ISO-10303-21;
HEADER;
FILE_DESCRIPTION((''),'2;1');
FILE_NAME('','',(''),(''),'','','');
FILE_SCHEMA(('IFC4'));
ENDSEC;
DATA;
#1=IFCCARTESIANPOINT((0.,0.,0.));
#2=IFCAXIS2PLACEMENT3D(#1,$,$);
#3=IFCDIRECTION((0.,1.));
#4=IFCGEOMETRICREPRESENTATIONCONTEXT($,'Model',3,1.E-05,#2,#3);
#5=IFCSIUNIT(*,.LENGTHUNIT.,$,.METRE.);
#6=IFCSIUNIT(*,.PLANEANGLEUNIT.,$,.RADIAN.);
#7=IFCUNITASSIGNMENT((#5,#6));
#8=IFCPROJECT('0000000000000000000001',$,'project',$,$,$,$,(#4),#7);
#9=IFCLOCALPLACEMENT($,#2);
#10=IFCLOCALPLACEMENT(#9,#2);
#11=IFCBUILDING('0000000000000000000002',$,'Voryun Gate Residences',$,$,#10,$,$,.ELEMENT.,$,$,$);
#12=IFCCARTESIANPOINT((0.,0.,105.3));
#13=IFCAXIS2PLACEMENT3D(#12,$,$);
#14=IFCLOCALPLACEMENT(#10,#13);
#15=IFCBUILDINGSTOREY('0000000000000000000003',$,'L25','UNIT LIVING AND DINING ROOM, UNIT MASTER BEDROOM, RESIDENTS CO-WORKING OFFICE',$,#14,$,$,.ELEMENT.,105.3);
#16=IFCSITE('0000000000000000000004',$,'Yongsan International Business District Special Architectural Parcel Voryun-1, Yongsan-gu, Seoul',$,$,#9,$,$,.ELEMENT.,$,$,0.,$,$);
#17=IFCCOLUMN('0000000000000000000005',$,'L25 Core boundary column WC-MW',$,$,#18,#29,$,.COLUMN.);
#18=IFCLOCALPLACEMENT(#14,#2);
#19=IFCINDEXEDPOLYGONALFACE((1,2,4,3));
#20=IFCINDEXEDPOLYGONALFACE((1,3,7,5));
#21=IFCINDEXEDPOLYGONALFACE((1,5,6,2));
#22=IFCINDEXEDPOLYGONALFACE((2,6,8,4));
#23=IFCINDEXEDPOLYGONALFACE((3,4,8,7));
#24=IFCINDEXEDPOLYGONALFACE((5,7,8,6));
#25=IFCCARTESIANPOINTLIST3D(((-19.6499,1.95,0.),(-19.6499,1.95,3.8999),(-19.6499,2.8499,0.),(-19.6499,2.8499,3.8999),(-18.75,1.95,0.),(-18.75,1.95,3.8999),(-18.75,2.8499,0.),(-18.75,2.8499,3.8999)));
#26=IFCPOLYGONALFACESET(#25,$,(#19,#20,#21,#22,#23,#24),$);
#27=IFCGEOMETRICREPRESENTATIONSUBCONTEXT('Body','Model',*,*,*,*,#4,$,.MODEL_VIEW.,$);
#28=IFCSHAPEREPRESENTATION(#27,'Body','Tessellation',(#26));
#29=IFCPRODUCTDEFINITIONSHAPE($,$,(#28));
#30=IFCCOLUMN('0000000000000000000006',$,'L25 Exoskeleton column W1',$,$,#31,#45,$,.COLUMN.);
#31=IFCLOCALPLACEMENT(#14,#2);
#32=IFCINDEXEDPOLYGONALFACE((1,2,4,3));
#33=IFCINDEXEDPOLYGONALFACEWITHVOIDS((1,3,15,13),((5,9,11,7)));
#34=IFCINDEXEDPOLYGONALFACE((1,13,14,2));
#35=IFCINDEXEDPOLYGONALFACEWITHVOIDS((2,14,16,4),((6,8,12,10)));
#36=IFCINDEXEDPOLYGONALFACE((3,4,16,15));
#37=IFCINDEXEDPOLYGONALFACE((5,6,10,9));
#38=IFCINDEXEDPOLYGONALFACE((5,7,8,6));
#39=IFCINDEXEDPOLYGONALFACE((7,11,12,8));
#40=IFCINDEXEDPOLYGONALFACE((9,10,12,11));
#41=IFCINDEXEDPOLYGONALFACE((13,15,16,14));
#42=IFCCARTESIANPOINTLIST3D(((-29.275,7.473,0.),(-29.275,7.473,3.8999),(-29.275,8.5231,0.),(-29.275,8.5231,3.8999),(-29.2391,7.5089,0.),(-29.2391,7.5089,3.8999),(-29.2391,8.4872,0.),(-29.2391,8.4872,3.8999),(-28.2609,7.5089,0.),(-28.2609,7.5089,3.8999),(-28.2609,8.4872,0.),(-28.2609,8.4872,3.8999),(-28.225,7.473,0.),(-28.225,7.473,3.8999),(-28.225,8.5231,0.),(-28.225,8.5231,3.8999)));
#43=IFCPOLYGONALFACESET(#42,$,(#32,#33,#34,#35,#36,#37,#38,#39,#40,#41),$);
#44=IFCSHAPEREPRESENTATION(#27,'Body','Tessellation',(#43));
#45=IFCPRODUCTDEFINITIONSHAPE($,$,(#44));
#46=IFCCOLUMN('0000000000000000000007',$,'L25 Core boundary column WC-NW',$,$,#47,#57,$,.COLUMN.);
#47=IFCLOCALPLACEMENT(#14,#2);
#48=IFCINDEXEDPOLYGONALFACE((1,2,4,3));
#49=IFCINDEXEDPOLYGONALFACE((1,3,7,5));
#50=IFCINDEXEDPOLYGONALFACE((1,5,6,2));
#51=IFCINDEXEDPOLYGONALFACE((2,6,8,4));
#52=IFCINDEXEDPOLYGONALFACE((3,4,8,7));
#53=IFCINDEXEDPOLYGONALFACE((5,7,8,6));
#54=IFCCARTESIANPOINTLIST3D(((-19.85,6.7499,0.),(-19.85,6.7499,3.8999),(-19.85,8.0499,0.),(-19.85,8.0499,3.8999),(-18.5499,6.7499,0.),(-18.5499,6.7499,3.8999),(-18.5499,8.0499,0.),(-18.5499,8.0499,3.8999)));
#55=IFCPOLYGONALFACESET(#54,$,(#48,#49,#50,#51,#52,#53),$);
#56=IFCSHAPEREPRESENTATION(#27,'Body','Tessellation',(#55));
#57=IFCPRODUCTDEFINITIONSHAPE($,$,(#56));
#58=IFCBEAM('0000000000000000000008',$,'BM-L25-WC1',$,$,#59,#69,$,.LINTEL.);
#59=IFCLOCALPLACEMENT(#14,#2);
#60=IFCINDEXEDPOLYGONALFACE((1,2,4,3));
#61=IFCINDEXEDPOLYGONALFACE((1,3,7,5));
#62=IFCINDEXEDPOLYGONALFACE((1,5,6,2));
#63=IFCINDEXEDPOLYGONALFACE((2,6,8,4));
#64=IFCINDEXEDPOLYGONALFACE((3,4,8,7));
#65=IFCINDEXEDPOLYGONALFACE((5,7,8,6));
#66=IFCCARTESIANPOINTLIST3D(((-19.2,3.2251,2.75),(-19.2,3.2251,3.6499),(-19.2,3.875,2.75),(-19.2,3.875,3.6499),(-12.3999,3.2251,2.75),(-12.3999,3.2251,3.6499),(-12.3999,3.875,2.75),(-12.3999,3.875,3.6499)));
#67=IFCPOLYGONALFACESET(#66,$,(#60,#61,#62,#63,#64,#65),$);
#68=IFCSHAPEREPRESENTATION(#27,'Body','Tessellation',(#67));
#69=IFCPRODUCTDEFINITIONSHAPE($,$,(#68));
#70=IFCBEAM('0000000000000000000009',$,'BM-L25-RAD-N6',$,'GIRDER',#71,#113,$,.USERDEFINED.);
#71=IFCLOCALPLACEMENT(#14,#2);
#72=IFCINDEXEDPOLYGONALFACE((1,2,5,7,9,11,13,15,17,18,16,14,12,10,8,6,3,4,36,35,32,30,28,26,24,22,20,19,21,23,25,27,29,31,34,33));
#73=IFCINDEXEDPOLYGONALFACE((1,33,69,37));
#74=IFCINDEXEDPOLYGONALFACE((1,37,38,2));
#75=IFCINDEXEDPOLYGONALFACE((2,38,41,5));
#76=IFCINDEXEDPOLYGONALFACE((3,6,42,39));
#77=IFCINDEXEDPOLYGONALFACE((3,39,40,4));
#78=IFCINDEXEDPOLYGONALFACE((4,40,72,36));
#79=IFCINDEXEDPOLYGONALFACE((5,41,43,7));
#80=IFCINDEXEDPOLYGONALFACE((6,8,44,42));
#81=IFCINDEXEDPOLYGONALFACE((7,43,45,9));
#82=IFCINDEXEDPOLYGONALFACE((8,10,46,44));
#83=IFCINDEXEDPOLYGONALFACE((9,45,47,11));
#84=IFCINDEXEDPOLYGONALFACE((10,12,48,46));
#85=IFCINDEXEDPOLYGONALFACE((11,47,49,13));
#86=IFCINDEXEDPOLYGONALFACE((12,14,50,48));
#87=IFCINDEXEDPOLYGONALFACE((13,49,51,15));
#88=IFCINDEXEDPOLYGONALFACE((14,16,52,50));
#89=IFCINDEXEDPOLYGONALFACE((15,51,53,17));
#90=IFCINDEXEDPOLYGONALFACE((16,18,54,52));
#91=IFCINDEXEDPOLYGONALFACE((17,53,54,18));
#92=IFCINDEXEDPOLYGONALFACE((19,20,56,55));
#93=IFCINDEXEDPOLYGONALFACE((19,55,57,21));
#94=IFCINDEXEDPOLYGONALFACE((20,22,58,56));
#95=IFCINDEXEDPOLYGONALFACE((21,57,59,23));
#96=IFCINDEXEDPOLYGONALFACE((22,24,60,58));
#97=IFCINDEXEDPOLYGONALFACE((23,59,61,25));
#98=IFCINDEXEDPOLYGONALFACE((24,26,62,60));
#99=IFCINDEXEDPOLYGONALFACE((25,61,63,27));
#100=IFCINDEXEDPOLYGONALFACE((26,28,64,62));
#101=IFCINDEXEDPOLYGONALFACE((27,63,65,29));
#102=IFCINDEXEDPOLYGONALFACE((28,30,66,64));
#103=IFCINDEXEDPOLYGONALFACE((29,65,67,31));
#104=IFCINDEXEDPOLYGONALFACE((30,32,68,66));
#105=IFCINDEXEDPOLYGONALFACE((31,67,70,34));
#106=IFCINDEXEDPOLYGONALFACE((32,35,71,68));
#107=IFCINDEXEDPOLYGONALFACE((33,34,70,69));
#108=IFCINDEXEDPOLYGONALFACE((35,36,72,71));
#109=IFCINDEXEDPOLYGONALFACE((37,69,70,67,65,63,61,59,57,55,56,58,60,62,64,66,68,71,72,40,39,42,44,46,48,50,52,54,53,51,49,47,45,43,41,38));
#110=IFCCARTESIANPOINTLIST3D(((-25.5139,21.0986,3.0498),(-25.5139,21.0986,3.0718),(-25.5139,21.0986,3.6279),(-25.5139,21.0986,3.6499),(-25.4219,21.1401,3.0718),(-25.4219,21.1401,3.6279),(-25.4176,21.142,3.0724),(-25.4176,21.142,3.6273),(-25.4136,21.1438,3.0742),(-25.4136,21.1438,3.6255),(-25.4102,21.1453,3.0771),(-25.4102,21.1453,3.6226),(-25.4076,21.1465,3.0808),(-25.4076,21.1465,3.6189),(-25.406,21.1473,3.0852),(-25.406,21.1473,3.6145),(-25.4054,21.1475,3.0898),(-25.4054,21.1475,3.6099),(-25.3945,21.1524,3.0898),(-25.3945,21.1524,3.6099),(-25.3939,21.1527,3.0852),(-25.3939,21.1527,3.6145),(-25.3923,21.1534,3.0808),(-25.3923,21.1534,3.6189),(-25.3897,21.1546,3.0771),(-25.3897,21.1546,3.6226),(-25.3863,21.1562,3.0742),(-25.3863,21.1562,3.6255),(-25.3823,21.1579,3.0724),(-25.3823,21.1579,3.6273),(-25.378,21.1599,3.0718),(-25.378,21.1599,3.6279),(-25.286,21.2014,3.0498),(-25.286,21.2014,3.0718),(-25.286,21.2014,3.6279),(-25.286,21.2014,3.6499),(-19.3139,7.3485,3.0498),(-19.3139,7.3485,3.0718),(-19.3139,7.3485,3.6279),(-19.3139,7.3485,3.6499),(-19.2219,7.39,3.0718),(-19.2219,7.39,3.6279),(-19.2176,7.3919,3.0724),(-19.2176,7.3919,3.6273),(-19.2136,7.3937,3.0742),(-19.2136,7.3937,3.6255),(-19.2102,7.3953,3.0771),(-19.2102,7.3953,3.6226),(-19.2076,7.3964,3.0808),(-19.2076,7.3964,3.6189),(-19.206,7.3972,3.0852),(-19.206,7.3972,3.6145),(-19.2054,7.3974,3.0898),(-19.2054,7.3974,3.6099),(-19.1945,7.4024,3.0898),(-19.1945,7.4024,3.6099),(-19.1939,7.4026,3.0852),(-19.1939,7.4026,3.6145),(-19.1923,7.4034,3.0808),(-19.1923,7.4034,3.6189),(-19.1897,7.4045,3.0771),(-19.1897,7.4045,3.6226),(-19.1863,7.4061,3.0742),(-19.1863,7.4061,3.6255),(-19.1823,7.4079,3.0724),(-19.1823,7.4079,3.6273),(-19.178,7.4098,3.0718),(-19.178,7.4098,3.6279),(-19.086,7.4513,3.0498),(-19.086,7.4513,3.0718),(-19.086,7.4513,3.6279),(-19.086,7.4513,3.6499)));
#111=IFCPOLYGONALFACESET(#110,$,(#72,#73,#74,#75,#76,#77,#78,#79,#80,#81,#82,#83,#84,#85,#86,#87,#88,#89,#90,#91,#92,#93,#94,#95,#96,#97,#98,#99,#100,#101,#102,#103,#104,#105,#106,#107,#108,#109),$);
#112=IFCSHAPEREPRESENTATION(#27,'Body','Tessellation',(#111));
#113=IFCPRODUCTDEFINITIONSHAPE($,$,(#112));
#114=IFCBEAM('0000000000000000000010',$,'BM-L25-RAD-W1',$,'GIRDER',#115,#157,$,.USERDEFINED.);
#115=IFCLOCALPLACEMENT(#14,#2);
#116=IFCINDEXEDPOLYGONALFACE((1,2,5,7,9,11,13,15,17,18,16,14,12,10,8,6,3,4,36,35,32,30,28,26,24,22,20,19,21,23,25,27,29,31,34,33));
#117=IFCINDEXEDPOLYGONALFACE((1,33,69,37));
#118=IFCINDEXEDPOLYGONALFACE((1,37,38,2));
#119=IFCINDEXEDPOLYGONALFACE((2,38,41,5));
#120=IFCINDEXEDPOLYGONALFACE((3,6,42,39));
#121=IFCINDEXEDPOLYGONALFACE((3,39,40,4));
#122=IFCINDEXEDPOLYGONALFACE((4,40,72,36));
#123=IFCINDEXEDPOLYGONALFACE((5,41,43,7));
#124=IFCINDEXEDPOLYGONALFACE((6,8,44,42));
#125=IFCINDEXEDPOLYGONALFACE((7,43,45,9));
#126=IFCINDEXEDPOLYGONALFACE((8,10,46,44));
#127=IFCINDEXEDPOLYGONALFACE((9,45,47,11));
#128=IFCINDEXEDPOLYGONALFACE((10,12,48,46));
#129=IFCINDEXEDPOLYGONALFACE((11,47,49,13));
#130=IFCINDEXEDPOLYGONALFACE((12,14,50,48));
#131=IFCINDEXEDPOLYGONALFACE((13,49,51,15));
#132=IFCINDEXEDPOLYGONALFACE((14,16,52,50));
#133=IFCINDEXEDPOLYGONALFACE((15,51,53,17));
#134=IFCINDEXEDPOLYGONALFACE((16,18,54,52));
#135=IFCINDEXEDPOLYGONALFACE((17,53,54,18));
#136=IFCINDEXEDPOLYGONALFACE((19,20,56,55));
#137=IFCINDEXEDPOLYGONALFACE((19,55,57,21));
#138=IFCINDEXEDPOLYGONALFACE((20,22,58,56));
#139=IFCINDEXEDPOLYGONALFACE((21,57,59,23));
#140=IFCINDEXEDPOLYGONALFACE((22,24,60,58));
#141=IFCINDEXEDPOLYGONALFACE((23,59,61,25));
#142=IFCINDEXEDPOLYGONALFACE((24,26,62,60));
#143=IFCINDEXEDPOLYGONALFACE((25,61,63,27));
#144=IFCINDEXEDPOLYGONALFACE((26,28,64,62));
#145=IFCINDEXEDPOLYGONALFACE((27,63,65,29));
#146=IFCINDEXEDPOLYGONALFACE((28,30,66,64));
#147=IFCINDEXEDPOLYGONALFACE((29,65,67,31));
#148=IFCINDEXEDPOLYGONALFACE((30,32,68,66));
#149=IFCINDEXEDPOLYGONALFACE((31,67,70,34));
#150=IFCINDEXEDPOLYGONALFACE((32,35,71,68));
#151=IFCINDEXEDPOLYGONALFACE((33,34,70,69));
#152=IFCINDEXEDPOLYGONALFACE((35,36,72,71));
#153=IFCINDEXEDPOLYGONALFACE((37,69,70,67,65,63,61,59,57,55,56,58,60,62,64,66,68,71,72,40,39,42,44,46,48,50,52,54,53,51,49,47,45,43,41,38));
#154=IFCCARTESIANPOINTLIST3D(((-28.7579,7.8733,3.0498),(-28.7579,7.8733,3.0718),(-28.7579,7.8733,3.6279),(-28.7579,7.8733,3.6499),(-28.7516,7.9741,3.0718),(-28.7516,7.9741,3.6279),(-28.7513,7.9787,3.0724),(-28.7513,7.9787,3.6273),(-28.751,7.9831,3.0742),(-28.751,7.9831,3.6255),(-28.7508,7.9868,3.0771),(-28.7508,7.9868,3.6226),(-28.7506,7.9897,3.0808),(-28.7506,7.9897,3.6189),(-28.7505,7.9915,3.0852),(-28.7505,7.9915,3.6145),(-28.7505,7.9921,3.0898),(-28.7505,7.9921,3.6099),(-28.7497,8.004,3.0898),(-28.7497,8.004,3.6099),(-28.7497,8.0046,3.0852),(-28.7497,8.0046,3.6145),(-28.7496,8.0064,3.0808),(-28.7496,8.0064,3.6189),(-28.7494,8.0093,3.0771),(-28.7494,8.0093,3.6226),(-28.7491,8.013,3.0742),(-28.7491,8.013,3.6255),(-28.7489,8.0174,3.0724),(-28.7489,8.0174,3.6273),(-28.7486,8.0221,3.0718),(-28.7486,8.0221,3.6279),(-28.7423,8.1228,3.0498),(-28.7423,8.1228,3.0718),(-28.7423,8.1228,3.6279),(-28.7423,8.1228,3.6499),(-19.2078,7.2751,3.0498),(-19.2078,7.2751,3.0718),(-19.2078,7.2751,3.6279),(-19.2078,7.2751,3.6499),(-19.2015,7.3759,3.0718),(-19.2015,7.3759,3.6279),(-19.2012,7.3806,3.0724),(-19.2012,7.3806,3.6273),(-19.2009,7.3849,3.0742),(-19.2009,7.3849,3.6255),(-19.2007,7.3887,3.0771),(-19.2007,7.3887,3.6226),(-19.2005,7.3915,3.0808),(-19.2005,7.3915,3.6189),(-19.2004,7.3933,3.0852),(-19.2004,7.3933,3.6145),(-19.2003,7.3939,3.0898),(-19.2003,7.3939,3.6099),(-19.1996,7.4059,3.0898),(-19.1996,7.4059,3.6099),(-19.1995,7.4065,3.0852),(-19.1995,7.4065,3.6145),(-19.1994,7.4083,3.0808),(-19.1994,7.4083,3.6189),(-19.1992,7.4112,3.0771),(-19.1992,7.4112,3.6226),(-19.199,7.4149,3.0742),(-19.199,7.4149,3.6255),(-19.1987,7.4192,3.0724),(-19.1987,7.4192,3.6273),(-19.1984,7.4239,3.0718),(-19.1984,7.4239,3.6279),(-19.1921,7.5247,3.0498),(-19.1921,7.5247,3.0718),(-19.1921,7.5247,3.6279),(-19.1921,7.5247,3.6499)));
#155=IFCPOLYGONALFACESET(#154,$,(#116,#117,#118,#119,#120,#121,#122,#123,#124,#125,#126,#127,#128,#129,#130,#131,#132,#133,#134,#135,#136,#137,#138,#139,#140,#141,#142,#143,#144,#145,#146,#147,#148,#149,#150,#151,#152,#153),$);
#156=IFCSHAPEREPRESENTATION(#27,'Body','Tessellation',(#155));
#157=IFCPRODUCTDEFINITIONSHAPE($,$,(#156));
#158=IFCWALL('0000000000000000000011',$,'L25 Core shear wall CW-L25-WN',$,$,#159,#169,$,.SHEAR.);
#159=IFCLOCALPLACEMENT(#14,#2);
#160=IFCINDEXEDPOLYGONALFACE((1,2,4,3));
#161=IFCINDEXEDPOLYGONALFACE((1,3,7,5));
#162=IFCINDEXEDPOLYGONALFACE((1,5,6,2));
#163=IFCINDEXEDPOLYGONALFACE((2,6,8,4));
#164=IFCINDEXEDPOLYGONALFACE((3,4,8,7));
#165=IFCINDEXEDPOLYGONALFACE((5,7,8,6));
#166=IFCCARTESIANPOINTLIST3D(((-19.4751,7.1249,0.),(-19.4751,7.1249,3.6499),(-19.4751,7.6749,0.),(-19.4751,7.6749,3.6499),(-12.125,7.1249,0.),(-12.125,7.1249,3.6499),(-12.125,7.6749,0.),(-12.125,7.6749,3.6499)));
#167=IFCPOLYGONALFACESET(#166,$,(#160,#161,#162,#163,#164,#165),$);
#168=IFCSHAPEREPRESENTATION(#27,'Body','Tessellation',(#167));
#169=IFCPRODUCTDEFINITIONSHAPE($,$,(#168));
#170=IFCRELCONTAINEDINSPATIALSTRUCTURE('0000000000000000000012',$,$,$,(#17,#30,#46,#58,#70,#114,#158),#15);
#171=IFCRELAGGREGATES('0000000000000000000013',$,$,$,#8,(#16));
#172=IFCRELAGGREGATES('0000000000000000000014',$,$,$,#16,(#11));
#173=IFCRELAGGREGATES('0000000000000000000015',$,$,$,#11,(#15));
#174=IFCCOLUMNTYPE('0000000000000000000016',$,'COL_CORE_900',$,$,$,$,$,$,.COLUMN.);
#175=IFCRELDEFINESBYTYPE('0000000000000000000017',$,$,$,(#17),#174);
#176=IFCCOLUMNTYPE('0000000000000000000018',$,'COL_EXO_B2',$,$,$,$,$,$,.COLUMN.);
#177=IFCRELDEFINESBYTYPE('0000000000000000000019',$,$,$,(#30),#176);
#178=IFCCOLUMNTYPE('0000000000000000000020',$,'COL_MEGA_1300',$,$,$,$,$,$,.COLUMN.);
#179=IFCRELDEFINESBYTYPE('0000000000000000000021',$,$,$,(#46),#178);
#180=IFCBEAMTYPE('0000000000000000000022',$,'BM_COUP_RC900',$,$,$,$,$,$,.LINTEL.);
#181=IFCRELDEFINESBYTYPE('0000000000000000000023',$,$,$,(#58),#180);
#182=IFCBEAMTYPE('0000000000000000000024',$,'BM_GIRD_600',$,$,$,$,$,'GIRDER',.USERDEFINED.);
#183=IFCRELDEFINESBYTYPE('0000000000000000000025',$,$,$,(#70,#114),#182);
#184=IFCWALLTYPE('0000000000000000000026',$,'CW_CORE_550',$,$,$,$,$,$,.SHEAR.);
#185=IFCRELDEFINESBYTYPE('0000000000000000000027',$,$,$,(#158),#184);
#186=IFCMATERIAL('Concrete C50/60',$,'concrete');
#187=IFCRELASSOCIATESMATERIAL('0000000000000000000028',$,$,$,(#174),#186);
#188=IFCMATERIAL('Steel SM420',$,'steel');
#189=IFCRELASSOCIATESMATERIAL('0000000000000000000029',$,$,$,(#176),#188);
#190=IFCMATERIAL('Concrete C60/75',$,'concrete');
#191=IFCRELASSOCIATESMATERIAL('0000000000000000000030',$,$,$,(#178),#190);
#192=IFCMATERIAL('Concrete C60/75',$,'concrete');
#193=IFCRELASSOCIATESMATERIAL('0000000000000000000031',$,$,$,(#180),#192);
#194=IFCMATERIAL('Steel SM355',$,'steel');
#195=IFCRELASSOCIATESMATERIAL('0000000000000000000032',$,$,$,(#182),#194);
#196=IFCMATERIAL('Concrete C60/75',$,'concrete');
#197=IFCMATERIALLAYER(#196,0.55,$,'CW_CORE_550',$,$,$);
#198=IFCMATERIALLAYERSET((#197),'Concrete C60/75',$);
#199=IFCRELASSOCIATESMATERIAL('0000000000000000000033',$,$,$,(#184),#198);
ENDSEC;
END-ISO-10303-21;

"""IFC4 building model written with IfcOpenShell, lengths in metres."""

from ifc_helpers import new_model, si_unit, direction, frame, frame_2d, origin, origin_2d, place, context, subcontext, project, spatial, rectangle, hollow_rectangle, i_section, extrude, material, layer, layer_set, material_profile, profile_set, type_object, element, save


model = new_model("IFC4")

# Units and contexts
model_context = context("Model", 3, precision=1e-05, world=origin(), true_north=direction((0.0, 1.0)))
body_context = subcontext(model_context, "Body", "Model", "MODEL_VIEW")
ifc_project = project(units=[si_unit("LENGTHUNIT", "METRE"), si_unit("PLANEANGLEUNIT", "RADIAN")], contexts=[model_context])

# Site, building, storey
site_placement = place(None, origin())
site = spatial("IfcSite", under=ifc_project, at=site_placement, Name="Yongsan International Business District Special Architectural Parcel Voryun-1, Yongsan-gu, Seoul", CompositionType="ELEMENT", RefElevation=0.0)
building_placement = place(site_placement, origin())
building = spatial("IfcBuilding", under=site, at=building_placement, Name="Voryun Gate Residences", CompositionType="ELEMENT")
storey_placement = place(building_placement, frame((0.0, 0.0, 105.3)))
storey = spatial("IfcBuildingStorey", under=building, at=storey_placement, Name="L25", Description="UNIT LIVING AND DINING ROOM, UNIT MASTER BEDROOM, RESIDENTS CO-WORKING OFFICE", CompositionType="ELEMENT", Elevation=105.3)

# Columns
ifc_material_1 = material(Name="Concrete C50/60", Category="concrete")
ifc_material_profile_1 = material_profile(ifc_material_1, rectangle(XDim=0.8999, YDim=0.8999, at=origin_2d()), Name="RC-900x900")
ifc_profile_set_1 = profile_set([ifc_material_profile_1], Name="Concrete C50/60")
column_type_1 = type_object("IfcColumnType", Name="COL_CORE_900", PredefinedType="COLUMN", material=ifc_profile_set_1)
column_1_placement = place(storey_placement, frame((-19.2, 2.3999, 0.0), z_axis=(0.0, 0.0, 1.0), x_axis=(1.0, 0.0, 0.0)))
element("IfcColumn", 1, at=column_1_placement, inside=storey, type_object=column_type_1, Name="L25 Core boundary column WC-MW", PredefinedType="COLUMN", context=body_context, shape_type="SweptSolid", body=[
    extrude(rectangle(XDim=0.8999, YDim=0.8999, at=origin_2d()), origin(), (0.0, 0.0, 1.0), 3.8999),
])
ifc_material_2 = material(Name="Steel SM420", Category="steel")
ifc_material_profile_2 = material_profile(ifc_material_2, hollow_rectangle(XDim=1.05, YDim=1.05, WallThickness=0.0359, at=origin_2d()), Name="BOX-1050x1050x36")
ifc_profile_set_2 = profile_set([ifc_material_profile_2], Name="Steel SM420")
column_type_2 = type_object("IfcColumnType", Name="COL_EXO_B2", PredefinedType="COLUMN", material=ifc_profile_set_2)
column_2_placement = place(storey_placement, frame((-28.75, 7.998, 0.0), z_axis=(0.0, 0.0, 1.0), x_axis=(1.0, 0.0, 0.0)))
element("IfcColumn", 2, at=column_2_placement, inside=storey, type_object=column_type_2, Name="L25 Exoskeleton column W1", PredefinedType="COLUMN", context=body_context, shape_type="SweptSolid", body=[
    extrude(hollow_rectangle(XDim=1.05, YDim=1.05, WallThickness=0.0359, at=origin_2d()), origin(), (0.0, 0.0, 1.0), 3.8999),
])
ifc_material_3 = material(Name="Concrete C60/75", Category="concrete")
ifc_material_profile_3 = material_profile(ifc_material_3, rectangle(XDim=1.3, YDim=1.3, at=origin_2d()), Name="RC-1300x1300")
ifc_profile_set_3 = profile_set([ifc_material_profile_3], Name="Concrete C60/75")
column_type_3 = type_object("IfcColumnType", Name="COL_MEGA_1300", PredefinedType="COLUMN", material=ifc_profile_set_3)
column_3_placement = place(storey_placement, frame((-19.2, 7.3999, 0.0), z_axis=(0.0, 0.0, 1.0), x_axis=(1.0, 0.0, 0.0)))
element("IfcColumn", 3, at=column_3_placement, inside=storey, type_object=column_type_3, Name="L25 Core boundary column WC-NW", PredefinedType="COLUMN", context=body_context, shape_type="SweptSolid", body=[
    extrude(rectangle(XDim=1.3, YDim=1.3, at=origin_2d()), origin(), (0.0, 0.0, 1.0), 3.8999),
])

# Beams
ifc_material_4 = material(Name="Concrete C60/75", Category="concrete")
ifc_material_profile_4 = material_profile(ifc_material_4, rectangle(XDim=0.6499, YDim=0.8999, at=origin_2d()), Name="RC-650x900")
ifc_profile_set_4 = profile_set([ifc_material_profile_4], Name="Concrete C60/75")
beam_type_1 = type_object("IfcBeamType", Name="BM_COUP_RC900", PredefinedType="LINTEL", material=ifc_profile_set_4)
beam_1_placement = place(storey_placement, frame((-19.2, 3.55, 3.2), z_axis=(1.0, 0.0, 0.0), x_axis=(0.0, 1.0, 0.0)))
element("IfcBeam", 4, at=beam_1_placement, inside=storey, type_object=beam_type_1, Name="BM-L25-WC1", PredefinedType="LINTEL", context=body_context, shape_type="SweptSolid", body=[
    extrude(rectangle(XDim=0.6499, YDim=0.8999, at=origin_2d()), origin(), (0.0, 0.0, 1.0), 6.8),
])
ifc_material_5 = material(Name="Steel SM355", Category="steel")
ifc_material_profile_5 = material_profile(ifc_material_5, i_section(OverallWidth=0.25, OverallDepth=0.6001, WebThickness=0.012, FlangeThickness=0.022, FilletRadius=0.0181, at=origin_2d()), Name="H-600x250x12x22")
ifc_profile_set_5 = profile_set([ifc_material_profile_5], Name="Steel SM355")
beam_type_2 = type_object("IfcBeamType", Name="BM_GIRD_600", ElementType="GIRDER", PredefinedType="USERDEFINED", material=ifc_profile_set_5)
beam_2_placement = place(storey_placement, frame((-19.2, 7.3999, 3.3499), z_axis=(-0.411051, 0.911612, 0.0), x_axis=(-0.911612, -0.411051, 0.0)))
element("IfcBeam", 5, at=beam_2_placement, inside=storey, type_object=beam_type_2, Name="BM-L25-RAD-N6", ObjectType="GIRDER", PredefinedType="USERDEFINED", context=body_context, shape_type="SweptSolid", body=[
    extrude(i_section(OverallWidth=0.25, OverallDepth=0.6001, WebThickness=0.012, FlangeThickness=0.022, FilletRadius=0.0181, at=origin_2d()), origin(), (0.0, 0.0, 1.0), 15.0833),
])
beam_3_placement = place(storey_placement, frame((-19.2, 7.3999, 3.3499), z_axis=(-0.998044, 0.06251, 0.0), x_axis=(-0.06251, -0.998044, 0.0)))
element("IfcBeam", 6, at=beam_3_placement, inside=storey, type_object=beam_type_2, Name="BM-L25-RAD-W1", ObjectType="GIRDER", PredefinedType="USERDEFINED", context=body_context, shape_type="SweptSolid", body=[
    extrude(i_section(OverallWidth=0.25, OverallDepth=0.6001, WebThickness=0.012, FlangeThickness=0.022, FilletRadius=0.0181, at=origin_2d()), origin(), (0.0, 0.0, 1.0), 9.5688),
])

# Wall
ifc_material_6 = material(Name="Concrete C60/75", Category="concrete")
ifc_layer_1 = layer(ifc_material_6, 0.55, Name="CW_CORE_550")
ifc_layer_set_1 = layer_set([ifc_layer_1], Name="Concrete C60/75")
wall_type_1 = type_object("IfcWallType", Name="CW_CORE_550", PredefinedType="SHEAR", material=ifc_layer_set_1)
wall_1_placement = place(storey_placement, frame((-19.4751, 7.3999, 0.0), z_axis=(0.0, 0.0, 1.0), x_axis=(1.0, 0.0, 0.0)))
element("IfcWall", 7, at=wall_1_placement, inside=storey, type_object=wall_type_1, Name="L25 Core shear wall CW-L25-WN", PredefinedType="SHEAR", context=body_context, shape_type="SweptSolid", body=[
    extrude(rectangle(XDim=7.3501, YDim=0.55, at=frame_2d((3.675, 0.0))), origin(), (0.0, 0.0, 1.0), 3.6499),
])

save(model, "model.ifc")
